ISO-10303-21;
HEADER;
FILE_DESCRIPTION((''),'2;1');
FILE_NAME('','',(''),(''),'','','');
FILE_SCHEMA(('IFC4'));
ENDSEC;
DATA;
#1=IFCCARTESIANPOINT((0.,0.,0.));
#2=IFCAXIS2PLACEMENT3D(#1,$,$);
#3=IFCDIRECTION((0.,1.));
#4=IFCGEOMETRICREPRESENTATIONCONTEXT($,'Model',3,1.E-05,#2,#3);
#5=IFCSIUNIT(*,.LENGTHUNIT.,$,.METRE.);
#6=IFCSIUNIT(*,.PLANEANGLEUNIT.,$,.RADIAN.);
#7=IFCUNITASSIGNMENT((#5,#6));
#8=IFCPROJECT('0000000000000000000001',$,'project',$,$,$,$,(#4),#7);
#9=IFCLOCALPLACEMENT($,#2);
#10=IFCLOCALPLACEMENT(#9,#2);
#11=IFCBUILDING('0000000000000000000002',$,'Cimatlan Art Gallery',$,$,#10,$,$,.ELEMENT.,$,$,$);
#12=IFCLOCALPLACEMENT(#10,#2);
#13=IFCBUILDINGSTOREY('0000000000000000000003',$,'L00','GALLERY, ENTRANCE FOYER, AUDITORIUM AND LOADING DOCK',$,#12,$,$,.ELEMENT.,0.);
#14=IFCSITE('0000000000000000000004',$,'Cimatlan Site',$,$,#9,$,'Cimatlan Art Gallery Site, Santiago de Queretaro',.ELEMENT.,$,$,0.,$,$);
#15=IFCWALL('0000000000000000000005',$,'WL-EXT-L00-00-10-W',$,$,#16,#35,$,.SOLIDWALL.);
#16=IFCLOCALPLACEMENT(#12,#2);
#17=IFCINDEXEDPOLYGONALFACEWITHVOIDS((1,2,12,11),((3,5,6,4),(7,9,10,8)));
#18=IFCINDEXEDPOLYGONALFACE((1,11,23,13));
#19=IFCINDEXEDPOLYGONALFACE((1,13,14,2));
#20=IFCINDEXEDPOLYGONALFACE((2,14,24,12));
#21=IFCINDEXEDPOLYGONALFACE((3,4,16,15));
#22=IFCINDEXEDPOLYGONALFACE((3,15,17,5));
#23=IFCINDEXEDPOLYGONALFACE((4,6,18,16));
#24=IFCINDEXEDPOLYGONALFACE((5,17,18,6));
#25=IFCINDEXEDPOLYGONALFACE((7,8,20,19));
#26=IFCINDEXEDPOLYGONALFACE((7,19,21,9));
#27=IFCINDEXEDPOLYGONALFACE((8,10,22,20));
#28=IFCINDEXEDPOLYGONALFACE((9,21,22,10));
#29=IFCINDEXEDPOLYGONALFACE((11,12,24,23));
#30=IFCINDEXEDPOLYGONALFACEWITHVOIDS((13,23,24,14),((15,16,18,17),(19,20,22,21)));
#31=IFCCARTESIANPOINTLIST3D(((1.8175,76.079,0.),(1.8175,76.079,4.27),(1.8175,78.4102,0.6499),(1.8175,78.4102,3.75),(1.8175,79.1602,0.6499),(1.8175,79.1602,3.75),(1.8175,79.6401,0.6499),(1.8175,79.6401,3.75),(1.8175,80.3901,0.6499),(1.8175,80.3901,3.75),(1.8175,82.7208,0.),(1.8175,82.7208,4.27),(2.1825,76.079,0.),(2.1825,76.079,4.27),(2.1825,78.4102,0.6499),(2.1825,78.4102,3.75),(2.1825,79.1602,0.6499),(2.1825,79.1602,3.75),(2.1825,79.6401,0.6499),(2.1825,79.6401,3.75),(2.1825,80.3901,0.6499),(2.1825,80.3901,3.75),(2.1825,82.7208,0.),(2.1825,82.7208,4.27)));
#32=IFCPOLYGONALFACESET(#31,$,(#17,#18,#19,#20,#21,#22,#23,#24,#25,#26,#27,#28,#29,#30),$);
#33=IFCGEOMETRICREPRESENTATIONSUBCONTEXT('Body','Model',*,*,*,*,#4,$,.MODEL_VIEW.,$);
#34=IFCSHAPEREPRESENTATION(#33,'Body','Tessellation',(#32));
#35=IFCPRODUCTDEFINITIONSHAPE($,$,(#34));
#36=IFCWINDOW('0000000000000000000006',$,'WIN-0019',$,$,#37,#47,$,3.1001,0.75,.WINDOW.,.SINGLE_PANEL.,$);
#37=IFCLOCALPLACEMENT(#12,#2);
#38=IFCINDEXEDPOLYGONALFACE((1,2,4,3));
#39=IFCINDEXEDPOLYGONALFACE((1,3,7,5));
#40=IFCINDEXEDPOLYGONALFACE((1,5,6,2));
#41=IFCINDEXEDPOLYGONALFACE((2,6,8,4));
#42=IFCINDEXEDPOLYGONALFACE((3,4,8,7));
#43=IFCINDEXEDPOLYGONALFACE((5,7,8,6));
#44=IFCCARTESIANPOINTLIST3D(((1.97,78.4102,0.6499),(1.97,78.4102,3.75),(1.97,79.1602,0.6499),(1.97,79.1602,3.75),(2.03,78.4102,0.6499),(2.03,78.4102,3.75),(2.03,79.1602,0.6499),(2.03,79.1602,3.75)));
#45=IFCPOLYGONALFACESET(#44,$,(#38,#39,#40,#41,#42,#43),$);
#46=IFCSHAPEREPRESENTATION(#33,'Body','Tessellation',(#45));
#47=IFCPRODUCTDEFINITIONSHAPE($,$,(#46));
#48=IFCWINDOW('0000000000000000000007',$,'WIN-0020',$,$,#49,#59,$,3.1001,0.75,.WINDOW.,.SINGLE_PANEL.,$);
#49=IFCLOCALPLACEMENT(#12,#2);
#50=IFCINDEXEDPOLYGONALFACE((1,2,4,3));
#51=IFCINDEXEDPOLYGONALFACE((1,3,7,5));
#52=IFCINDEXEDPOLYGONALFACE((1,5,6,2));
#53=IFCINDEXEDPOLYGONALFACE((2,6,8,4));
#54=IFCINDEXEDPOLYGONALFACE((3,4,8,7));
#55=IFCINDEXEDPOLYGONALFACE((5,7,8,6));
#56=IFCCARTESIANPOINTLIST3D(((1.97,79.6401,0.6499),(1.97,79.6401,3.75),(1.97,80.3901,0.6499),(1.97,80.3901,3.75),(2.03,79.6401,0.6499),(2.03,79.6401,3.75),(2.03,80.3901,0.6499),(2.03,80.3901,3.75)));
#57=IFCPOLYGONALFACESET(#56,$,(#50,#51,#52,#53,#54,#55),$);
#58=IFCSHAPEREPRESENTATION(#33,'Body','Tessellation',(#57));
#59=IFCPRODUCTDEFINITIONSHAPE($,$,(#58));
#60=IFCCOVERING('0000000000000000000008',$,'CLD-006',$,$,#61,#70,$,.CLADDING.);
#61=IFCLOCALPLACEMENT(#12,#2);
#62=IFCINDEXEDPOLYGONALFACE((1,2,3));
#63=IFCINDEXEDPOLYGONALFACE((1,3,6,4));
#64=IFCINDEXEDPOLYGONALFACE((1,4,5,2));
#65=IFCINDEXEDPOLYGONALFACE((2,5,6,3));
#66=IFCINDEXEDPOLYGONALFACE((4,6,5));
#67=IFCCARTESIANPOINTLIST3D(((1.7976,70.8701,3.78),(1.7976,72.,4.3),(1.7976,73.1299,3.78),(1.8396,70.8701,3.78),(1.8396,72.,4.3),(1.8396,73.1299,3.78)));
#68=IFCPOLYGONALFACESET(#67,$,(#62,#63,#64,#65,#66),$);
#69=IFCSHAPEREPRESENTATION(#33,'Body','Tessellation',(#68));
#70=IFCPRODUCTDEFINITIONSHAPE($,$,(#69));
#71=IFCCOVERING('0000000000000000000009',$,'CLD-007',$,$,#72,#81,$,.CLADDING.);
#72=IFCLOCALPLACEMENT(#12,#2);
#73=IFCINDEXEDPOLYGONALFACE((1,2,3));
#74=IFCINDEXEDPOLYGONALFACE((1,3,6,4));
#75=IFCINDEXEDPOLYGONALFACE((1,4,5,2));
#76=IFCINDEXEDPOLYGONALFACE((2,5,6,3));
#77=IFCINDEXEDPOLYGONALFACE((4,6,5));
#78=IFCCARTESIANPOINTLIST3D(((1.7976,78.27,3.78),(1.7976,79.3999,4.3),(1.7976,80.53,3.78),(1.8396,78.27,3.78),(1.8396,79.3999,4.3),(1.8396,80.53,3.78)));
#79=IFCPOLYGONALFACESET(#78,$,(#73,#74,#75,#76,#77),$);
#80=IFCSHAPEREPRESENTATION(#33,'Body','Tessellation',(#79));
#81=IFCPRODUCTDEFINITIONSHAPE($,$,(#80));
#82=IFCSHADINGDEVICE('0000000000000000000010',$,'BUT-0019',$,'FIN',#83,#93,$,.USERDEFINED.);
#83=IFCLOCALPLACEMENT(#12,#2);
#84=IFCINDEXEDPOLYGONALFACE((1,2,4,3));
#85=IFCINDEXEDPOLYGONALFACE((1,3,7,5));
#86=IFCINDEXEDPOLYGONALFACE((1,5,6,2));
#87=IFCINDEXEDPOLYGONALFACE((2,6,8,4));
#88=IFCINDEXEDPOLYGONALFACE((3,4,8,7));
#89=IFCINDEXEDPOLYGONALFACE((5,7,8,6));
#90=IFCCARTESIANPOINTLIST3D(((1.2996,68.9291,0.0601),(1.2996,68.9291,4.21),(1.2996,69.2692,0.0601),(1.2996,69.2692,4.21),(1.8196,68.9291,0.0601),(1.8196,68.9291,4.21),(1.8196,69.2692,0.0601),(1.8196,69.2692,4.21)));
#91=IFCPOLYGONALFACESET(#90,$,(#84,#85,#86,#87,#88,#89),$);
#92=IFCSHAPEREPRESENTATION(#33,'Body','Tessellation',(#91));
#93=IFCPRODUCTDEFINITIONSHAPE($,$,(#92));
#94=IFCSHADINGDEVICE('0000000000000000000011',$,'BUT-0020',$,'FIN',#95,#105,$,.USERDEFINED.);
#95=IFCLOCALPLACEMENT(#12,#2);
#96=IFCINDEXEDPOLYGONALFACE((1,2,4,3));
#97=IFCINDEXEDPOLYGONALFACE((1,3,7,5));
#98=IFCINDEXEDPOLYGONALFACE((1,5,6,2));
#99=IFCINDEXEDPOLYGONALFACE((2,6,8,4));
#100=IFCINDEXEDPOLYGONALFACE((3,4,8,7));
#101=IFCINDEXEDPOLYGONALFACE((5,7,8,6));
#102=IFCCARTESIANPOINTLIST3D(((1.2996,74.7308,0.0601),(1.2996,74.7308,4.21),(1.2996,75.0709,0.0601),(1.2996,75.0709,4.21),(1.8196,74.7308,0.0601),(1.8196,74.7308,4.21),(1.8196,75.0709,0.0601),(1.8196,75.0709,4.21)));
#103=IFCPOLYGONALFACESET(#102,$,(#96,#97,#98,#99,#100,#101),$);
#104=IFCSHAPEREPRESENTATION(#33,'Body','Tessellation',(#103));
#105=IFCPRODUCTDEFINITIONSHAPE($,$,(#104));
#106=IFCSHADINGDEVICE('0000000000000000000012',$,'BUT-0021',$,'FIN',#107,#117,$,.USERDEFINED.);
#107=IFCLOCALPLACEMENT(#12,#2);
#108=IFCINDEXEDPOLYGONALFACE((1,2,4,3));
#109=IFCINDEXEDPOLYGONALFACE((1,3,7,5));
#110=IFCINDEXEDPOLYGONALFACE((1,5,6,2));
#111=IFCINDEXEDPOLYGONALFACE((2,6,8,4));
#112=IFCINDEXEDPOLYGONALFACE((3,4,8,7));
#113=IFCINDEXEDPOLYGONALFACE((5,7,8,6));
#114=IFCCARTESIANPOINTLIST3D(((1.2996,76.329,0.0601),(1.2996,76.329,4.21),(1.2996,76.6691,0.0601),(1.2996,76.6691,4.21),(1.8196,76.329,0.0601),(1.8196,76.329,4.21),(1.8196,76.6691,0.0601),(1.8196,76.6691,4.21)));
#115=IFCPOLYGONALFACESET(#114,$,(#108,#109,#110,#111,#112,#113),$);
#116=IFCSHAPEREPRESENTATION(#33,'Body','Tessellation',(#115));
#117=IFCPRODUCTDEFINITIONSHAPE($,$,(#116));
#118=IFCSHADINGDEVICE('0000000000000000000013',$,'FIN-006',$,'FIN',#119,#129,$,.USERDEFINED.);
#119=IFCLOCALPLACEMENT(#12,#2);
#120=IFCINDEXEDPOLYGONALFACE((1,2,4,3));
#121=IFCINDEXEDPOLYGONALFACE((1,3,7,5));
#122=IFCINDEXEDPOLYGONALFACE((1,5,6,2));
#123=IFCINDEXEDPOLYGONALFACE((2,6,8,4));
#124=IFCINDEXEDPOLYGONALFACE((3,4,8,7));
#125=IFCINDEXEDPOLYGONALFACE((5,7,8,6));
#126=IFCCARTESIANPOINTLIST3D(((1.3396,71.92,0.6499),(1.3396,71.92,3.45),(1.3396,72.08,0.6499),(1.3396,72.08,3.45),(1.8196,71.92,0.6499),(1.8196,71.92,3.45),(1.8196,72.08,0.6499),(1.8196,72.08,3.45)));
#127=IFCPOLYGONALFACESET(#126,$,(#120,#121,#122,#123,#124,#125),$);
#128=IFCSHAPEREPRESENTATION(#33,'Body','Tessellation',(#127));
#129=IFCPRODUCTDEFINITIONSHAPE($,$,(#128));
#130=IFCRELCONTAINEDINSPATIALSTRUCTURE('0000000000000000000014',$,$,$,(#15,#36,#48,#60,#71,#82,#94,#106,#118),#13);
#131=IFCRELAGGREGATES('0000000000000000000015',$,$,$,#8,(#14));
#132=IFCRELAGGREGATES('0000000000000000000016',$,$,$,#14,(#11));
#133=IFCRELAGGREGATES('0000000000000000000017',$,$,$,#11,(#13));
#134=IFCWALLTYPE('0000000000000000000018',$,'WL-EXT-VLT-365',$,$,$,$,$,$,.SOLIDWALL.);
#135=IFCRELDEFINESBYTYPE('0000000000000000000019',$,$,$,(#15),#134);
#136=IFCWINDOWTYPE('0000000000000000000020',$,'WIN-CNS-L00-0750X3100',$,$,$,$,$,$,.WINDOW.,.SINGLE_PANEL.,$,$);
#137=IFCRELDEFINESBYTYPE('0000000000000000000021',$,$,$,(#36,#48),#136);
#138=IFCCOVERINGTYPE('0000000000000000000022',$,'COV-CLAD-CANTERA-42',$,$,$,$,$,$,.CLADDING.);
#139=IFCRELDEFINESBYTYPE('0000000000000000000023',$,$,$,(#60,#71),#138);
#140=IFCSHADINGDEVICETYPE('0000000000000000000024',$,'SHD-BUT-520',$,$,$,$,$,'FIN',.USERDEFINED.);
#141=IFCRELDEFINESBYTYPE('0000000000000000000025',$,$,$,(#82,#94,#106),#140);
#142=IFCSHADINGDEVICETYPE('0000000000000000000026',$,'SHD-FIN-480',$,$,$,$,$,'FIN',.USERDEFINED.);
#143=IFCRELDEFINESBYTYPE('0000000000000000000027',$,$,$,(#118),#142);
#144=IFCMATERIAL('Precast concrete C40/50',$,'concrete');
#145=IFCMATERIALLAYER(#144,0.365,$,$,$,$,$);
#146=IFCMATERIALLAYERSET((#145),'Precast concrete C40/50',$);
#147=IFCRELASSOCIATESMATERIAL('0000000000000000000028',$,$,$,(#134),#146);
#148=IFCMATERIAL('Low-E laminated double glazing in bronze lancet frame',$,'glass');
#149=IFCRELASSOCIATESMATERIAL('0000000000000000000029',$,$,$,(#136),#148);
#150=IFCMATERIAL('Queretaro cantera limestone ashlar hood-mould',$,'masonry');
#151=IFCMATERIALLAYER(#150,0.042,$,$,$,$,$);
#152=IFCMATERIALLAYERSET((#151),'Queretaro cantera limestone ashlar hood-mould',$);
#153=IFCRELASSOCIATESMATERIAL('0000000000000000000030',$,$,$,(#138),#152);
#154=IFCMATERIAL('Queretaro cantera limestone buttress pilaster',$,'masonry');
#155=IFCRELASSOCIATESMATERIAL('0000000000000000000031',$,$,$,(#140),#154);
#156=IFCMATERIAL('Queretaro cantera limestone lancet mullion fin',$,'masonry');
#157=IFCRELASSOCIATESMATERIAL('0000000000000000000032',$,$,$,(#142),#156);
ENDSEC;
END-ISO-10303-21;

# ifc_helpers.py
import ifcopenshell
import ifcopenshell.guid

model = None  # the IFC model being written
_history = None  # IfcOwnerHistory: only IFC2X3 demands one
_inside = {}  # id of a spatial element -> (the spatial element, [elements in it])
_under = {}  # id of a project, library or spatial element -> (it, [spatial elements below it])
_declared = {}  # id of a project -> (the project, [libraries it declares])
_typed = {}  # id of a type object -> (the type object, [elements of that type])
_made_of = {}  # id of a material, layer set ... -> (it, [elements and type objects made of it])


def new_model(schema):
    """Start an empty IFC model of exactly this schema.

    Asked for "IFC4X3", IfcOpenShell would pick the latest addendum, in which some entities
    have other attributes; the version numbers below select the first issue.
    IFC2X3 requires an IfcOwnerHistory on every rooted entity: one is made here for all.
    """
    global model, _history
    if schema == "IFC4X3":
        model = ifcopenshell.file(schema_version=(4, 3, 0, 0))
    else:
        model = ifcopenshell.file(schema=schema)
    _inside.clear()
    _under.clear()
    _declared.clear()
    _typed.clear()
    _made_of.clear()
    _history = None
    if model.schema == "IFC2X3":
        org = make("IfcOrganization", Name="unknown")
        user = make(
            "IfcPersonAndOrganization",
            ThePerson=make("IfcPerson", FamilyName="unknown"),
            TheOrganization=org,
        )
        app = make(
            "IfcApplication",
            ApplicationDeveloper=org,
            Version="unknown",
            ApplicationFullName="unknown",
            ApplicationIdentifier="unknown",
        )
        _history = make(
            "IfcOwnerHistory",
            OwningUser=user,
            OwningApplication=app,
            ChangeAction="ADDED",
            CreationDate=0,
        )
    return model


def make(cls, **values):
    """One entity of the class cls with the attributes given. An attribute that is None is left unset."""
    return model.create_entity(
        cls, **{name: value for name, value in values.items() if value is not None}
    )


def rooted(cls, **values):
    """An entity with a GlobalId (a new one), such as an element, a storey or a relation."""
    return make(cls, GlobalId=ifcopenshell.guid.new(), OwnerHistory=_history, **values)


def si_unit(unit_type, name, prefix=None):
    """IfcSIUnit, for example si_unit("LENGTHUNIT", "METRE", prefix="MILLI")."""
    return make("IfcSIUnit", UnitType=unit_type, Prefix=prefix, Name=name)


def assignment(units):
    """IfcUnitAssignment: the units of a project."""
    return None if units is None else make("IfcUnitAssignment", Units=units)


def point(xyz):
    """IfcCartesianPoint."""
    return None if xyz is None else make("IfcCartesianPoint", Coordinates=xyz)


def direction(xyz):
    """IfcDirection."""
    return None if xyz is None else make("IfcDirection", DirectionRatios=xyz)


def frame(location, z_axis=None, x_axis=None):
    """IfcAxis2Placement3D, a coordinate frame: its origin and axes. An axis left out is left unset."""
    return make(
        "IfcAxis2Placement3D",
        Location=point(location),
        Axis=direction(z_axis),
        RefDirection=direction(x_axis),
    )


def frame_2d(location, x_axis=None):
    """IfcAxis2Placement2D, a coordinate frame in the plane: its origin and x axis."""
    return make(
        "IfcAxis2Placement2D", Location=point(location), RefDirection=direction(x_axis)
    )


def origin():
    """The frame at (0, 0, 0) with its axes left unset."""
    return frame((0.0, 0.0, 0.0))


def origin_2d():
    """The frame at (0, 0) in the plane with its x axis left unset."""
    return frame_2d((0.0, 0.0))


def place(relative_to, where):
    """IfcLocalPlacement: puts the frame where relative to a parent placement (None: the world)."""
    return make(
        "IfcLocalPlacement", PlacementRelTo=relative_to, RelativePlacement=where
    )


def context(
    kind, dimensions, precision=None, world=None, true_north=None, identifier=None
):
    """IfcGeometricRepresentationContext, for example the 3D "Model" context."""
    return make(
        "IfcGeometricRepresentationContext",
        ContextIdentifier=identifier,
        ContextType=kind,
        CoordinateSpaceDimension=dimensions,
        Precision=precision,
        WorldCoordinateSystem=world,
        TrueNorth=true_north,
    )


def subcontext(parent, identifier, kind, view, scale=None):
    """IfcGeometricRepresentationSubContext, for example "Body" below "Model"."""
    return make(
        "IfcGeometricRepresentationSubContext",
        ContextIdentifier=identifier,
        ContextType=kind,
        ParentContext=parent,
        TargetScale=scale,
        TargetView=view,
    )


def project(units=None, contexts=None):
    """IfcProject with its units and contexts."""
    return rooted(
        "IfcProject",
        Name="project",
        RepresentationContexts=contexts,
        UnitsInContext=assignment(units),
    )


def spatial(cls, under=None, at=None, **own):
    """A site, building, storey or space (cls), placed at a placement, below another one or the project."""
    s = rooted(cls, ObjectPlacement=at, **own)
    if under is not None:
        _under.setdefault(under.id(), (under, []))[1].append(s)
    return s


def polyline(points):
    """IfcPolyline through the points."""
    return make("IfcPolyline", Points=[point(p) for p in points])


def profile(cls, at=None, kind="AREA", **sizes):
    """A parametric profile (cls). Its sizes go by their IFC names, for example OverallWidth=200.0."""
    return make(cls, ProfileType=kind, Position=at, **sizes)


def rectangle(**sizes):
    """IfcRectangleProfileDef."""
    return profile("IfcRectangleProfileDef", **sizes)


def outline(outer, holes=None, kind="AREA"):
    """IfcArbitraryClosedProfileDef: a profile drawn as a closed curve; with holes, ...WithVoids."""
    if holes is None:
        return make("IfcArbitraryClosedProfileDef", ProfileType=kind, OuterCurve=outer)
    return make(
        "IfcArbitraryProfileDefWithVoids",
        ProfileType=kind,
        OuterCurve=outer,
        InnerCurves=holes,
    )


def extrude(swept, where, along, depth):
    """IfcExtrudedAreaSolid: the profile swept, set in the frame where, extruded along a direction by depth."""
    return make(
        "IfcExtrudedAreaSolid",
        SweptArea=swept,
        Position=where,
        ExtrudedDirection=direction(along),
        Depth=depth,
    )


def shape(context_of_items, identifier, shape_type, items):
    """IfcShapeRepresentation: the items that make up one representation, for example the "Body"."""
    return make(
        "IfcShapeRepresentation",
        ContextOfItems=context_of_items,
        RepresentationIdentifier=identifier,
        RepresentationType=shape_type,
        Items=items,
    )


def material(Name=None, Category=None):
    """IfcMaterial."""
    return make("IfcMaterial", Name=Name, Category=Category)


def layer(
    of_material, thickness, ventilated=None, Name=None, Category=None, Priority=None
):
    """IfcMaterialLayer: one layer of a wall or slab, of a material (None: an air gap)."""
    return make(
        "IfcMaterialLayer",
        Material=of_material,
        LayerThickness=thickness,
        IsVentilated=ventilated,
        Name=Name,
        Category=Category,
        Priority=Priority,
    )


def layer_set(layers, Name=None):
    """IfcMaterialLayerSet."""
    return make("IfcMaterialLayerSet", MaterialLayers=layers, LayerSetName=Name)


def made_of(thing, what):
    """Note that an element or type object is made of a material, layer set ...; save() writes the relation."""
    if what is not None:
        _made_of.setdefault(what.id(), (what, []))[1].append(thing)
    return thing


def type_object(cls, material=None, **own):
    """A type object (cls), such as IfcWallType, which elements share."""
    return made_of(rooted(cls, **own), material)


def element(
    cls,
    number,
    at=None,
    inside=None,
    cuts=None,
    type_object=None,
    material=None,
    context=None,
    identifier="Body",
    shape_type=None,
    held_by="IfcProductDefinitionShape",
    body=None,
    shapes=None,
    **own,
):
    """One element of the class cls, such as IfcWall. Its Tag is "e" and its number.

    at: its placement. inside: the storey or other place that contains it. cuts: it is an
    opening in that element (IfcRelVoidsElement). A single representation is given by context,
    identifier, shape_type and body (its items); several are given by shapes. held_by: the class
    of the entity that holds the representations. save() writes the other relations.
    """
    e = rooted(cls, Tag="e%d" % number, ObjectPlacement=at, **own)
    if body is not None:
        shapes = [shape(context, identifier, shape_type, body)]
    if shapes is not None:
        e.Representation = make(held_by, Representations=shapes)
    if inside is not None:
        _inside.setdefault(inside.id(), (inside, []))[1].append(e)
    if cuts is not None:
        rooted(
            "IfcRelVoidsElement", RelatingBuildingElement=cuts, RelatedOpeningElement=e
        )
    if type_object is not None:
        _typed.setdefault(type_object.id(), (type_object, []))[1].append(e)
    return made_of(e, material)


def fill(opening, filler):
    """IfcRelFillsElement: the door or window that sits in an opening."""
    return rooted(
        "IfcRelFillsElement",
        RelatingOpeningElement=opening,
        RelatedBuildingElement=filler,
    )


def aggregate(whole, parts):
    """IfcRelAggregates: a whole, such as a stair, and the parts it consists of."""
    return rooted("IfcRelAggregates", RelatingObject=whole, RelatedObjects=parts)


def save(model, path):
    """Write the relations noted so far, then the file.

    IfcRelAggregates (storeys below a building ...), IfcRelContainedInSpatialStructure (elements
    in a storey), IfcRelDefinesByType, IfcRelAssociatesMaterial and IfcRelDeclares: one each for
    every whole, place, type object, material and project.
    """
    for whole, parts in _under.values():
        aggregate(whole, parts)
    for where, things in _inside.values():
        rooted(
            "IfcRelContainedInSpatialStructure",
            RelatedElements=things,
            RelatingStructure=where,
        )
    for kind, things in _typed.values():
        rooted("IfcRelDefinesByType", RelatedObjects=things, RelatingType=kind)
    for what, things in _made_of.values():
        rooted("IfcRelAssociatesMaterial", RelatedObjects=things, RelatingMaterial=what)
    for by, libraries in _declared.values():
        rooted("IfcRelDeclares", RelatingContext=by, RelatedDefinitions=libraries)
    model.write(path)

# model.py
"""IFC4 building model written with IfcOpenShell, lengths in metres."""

from ifc_helpers import new_model, si_unit, direction, frame, frame_2d, origin, origin_2d, place, context, subcontext, project, spatial, polyline, rectangle, outline, extrude, material, layer, layer_set, type_object, element, fill, save


model = new_model("IFC4")

# Units and contexts
model_context = context("Model", 3, precision=1e-05, world=origin(), true_north=direction((0.0, 1.0)))
body_context = subcontext(model_context, "Body", "Model", "MODEL_VIEW")
ifc_project = project(units=[si_unit("LENGTHUNIT", "METRE"), si_unit("PLANEANGLEUNIT", "RADIAN")], contexts=[model_context])

# Site, building, storey
site_placement = place(None, origin())
site = spatial("IfcSite", under=ifc_project, at=site_placement, Name="Cimatlan Site", LongName="Cimatlan Art Gallery Site, Santiago de Queretaro", CompositionType="ELEMENT", RefElevation=0.0)
building_placement = place(site_placement, origin())
building = spatial("IfcBuilding", under=site, at=building_placement, Name="Cimatlan Art Gallery", CompositionType="ELEMENT")
storey_placement = place(building_placement, origin())
storey = spatial("IfcBuildingStorey", under=building, at=storey_placement, Name="L00", Description="GALLERY, ENTRANCE FOYER, AUDITORIUM AND LOADING DOCK", CompositionType="ELEMENT", Elevation=0.0)

# Wall, openings, windows
ifc_material_1 = material(Name="Precast concrete C40/50", Category="concrete")
ifc_layer_1 = layer(ifc_material_1, 0.365)
ifc_layer_set_1 = layer_set([ifc_layer_1], Name="Precast concrete C40/50")
wall_type = type_object("IfcWallType", Name="WL-EXT-VLT-365", PredefinedType="SOLIDWALL", material=ifc_layer_set_1)
ifc_material_2 = material(Name="Low-E laminated double glazing in bronze lancet frame", Category="glass")
window_type = type_object("IfcWindowType", Name="WIN-CNS-L00-0750X3100", PartitioningType="SINGLE_PANEL", PredefinedType="WINDOW", material=ifc_material_2)
wall_1_placement = place(storey_placement, frame((2.0, 76.0791, 0.0), z_axis=(0.0, 0.0, 1.0), x_axis=(0.0, 1.0, 0.0)))
wall_1 = element("IfcWall", 1, at=wall_1_placement, inside=storey, type_object=wall_type, Name="WL-EXT-L00-00-10-W", PredefinedType="SOLIDWALL", context=body_context, shape_type="SweptSolid", body=[
    extrude(rectangle(XDim=6.6418, YDim=0.365, at=frame_2d((3.3208, 0.0))), origin(), (0.0, 0.0, 1.0), 4.27),
])
opening_1_placement = place(wall_1_placement, frame((2.3311, 0.0, 0.6499)))
opening_1 = element("IfcOpeningElement", 2, at=opening_1_placement, cuts=wall_1, PredefinedType="OPENING", context=body_context, shape_type="SweptSolid", body=[
    extrude(rectangle(XDim=0.75, YDim=3.1001, at=frame_2d((0.375, 1.55))), frame((0.0, 0.1924, 0.0), z_axis=(0.0, -1.0, 0.0), x_axis=(1.0, 0.0, 0.0)), (0.0, 0.0, 1.0), 0.385),
])
opening_2_placement = place(wall_1_placement, frame((3.561, 0.0, 0.6499)))
opening_2 = element("IfcOpeningElement", 3, at=opening_2_placement, cuts=wall_1, PredefinedType="OPENING", context=body_context, shape_type="SweptSolid", body=[
    extrude(rectangle(XDim=0.75, YDim=3.1001, at=frame_2d((0.375, 1.55))), frame((0.0, 0.1924, 0.0), z_axis=(0.0, -1.0, 0.0), x_axis=(1.0, 0.0, 0.0)), (0.0, 0.0, 1.0), 0.385),
])
window_1_placement = place(opening_1_placement, origin())
window_1 = element("IfcWindow", 4, at=window_1_placement, inside=storey, type_object=window_type, Name="WIN-0019", OverallHeight=3.1001, OverallWidth=0.75, PartitioningType="SINGLE_PANEL", PredefinedType="WINDOW", context=body_context, shape_type="SweptSolid", body=[
    extrude(rectangle(XDim=0.75, YDim=3.1001, at=frame_2d((0.375, 1.55))), frame((0.0, 0.03, 0.0), z_axis=(0.0, -1.0, 0.0), x_axis=(1.0, 0.0, 0.0)), (0.0, 0.0, 1.0), 0.0601),
])
fill(opening_1, window_1)
window_2_placement = place(opening_2_placement, origin())
window_2 = element("IfcWindow", 5, at=window_2_placement, inside=storey, type_object=window_type, Name="WIN-0020", OverallHeight=3.1001, OverallWidth=0.75, PartitioningType="SINGLE_PANEL", PredefinedType="WINDOW", context=body_context, shape_type="SweptSolid", body=[
    extrude(rectangle(XDim=0.75, YDim=3.1001, at=frame_2d((0.375, 1.55))), frame((0.0, 0.03, 0.0), z_axis=(0.0, -1.0, 0.0), x_axis=(1.0, 0.0, 0.0)), (0.0, 0.0, 1.0), 0.0601),
])
fill(opening_2, window_2)

# Coverings
ifc_material_3 = material(Name="Queretaro cantera limestone ashlar hood-mould", Category="masonry")
ifc_layer_2 = layer(ifc_material_3, 0.042)
ifc_layer_set_2 = layer_set([ifc_layer_2], Name="Queretaro cantera limestone ashlar hood-mould")
covering_type = type_object("IfcCoveringType", Name="COV-CLAD-CANTERA-42", PredefinedType="CLADDING", material=ifc_layer_set_2)
covering_1_placement = place(storey_placement, frame((1.8396, 70.8701, 3.78), z_axis=(1.0, 0.0, 0.0), x_axis=(0.0, 1.0, 0.0)))
element("IfcCovering", 6, at=covering_1_placement, inside=storey, type_object=covering_type, Name="CLD-006", PredefinedType="CLADDING", context=body_context, shape_type="SweptSolid", body=[
    extrude(outline(polyline([(0.0, 0.0), (2.2598, 0.0), (1.1299, 0.52), (0.0, 0.0)])), origin(), (0.0, 0.0, -1.0), 0.042),
])
covering_2_placement = place(storey_placement, frame((1.8396, 78.27, 3.78), z_axis=(1.0, 0.0, 0.0), x_axis=(0.0, 1.0, 0.0)))
element("IfcCovering", 7, at=covering_2_placement, inside=storey, type_object=covering_type, Name="CLD-007", PredefinedType="CLADDING", context=body_context, shape_type="SweptSolid", body=[
    extrude(outline(polyline([(0.0, 0.0), (2.26, 0.0), (1.1299, 0.52), (0.0, 0.0)])), origin(), (0.0, 0.0, -1.0), 0.042),
])

# Shading devices
ifc_material_4 = material(Name="Queretaro cantera limestone buttress pilaster", Category="masonry")
shading_device_type_1 = type_object("IfcShadingDeviceType", Name="SHD-BUT-520", ElementType="FIN", PredefinedType="USERDEFINED", material=ifc_material_4)
for number, where, z_axis, x_axis, name in (
    (8, (1.5596, 69.0991, 0.0601), (0.0, 0.0, 1.0), (0.0, 1.0, 0.0), "BUT-0019"),
    (9, (1.5596, 74.9009, 0.0601), (0.0, 0.0, 1.0), (0.0, 1.0, 0.0), "BUT-0020"),
    (10, (1.5596, 76.499, 0.0601), (0.0, 0.0, 1.0), (0.0, 1.0, 0.0), "BUT-0021"),
):
    element("IfcShadingDevice", number, at=place(storey_placement, frame(where, z_axis=z_axis, x_axis=x_axis)), inside=storey, type_object=shading_device_type_1, Name=name, ObjectType="FIN", PredefinedType="USERDEFINED", context=body_context, shape_type="SweptSolid", body=[
        extrude(rectangle(XDim=0.3401, YDim=0.52, at=origin_2d()), origin(), (0.0, 0.0, 1.0), 4.1499),
    ])
ifc_material_5 = material(Name="Queretaro cantera limestone lancet mullion fin", Category="masonry")
shading_device_type_2 = type_object("IfcShadingDeviceType", Name="SHD-FIN-480", ElementType="FIN", PredefinedType="USERDEFINED", material=ifc_material_5)
shading_device_placement = place(storey_placement, frame((1.5796, 72.0, 0.6499), z_axis=(0.0, 0.0, 1.0), x_axis=(0.0, 1.0, 0.0)))
element("IfcShadingDevice", 11, at=shading_device_placement, inside=storey, type_object=shading_device_type_2, Name="FIN-006", ObjectType="FIN", PredefinedType="USERDEFINED", context=body_context, shape_type="SweptSolid", body=[
    extrude(rectangle(XDim=0.1599, YDim=0.48, at=origin_2d()), origin(), (0.0, 0.0, 1.0), 2.8),
])

save(model, "model.ifc")
